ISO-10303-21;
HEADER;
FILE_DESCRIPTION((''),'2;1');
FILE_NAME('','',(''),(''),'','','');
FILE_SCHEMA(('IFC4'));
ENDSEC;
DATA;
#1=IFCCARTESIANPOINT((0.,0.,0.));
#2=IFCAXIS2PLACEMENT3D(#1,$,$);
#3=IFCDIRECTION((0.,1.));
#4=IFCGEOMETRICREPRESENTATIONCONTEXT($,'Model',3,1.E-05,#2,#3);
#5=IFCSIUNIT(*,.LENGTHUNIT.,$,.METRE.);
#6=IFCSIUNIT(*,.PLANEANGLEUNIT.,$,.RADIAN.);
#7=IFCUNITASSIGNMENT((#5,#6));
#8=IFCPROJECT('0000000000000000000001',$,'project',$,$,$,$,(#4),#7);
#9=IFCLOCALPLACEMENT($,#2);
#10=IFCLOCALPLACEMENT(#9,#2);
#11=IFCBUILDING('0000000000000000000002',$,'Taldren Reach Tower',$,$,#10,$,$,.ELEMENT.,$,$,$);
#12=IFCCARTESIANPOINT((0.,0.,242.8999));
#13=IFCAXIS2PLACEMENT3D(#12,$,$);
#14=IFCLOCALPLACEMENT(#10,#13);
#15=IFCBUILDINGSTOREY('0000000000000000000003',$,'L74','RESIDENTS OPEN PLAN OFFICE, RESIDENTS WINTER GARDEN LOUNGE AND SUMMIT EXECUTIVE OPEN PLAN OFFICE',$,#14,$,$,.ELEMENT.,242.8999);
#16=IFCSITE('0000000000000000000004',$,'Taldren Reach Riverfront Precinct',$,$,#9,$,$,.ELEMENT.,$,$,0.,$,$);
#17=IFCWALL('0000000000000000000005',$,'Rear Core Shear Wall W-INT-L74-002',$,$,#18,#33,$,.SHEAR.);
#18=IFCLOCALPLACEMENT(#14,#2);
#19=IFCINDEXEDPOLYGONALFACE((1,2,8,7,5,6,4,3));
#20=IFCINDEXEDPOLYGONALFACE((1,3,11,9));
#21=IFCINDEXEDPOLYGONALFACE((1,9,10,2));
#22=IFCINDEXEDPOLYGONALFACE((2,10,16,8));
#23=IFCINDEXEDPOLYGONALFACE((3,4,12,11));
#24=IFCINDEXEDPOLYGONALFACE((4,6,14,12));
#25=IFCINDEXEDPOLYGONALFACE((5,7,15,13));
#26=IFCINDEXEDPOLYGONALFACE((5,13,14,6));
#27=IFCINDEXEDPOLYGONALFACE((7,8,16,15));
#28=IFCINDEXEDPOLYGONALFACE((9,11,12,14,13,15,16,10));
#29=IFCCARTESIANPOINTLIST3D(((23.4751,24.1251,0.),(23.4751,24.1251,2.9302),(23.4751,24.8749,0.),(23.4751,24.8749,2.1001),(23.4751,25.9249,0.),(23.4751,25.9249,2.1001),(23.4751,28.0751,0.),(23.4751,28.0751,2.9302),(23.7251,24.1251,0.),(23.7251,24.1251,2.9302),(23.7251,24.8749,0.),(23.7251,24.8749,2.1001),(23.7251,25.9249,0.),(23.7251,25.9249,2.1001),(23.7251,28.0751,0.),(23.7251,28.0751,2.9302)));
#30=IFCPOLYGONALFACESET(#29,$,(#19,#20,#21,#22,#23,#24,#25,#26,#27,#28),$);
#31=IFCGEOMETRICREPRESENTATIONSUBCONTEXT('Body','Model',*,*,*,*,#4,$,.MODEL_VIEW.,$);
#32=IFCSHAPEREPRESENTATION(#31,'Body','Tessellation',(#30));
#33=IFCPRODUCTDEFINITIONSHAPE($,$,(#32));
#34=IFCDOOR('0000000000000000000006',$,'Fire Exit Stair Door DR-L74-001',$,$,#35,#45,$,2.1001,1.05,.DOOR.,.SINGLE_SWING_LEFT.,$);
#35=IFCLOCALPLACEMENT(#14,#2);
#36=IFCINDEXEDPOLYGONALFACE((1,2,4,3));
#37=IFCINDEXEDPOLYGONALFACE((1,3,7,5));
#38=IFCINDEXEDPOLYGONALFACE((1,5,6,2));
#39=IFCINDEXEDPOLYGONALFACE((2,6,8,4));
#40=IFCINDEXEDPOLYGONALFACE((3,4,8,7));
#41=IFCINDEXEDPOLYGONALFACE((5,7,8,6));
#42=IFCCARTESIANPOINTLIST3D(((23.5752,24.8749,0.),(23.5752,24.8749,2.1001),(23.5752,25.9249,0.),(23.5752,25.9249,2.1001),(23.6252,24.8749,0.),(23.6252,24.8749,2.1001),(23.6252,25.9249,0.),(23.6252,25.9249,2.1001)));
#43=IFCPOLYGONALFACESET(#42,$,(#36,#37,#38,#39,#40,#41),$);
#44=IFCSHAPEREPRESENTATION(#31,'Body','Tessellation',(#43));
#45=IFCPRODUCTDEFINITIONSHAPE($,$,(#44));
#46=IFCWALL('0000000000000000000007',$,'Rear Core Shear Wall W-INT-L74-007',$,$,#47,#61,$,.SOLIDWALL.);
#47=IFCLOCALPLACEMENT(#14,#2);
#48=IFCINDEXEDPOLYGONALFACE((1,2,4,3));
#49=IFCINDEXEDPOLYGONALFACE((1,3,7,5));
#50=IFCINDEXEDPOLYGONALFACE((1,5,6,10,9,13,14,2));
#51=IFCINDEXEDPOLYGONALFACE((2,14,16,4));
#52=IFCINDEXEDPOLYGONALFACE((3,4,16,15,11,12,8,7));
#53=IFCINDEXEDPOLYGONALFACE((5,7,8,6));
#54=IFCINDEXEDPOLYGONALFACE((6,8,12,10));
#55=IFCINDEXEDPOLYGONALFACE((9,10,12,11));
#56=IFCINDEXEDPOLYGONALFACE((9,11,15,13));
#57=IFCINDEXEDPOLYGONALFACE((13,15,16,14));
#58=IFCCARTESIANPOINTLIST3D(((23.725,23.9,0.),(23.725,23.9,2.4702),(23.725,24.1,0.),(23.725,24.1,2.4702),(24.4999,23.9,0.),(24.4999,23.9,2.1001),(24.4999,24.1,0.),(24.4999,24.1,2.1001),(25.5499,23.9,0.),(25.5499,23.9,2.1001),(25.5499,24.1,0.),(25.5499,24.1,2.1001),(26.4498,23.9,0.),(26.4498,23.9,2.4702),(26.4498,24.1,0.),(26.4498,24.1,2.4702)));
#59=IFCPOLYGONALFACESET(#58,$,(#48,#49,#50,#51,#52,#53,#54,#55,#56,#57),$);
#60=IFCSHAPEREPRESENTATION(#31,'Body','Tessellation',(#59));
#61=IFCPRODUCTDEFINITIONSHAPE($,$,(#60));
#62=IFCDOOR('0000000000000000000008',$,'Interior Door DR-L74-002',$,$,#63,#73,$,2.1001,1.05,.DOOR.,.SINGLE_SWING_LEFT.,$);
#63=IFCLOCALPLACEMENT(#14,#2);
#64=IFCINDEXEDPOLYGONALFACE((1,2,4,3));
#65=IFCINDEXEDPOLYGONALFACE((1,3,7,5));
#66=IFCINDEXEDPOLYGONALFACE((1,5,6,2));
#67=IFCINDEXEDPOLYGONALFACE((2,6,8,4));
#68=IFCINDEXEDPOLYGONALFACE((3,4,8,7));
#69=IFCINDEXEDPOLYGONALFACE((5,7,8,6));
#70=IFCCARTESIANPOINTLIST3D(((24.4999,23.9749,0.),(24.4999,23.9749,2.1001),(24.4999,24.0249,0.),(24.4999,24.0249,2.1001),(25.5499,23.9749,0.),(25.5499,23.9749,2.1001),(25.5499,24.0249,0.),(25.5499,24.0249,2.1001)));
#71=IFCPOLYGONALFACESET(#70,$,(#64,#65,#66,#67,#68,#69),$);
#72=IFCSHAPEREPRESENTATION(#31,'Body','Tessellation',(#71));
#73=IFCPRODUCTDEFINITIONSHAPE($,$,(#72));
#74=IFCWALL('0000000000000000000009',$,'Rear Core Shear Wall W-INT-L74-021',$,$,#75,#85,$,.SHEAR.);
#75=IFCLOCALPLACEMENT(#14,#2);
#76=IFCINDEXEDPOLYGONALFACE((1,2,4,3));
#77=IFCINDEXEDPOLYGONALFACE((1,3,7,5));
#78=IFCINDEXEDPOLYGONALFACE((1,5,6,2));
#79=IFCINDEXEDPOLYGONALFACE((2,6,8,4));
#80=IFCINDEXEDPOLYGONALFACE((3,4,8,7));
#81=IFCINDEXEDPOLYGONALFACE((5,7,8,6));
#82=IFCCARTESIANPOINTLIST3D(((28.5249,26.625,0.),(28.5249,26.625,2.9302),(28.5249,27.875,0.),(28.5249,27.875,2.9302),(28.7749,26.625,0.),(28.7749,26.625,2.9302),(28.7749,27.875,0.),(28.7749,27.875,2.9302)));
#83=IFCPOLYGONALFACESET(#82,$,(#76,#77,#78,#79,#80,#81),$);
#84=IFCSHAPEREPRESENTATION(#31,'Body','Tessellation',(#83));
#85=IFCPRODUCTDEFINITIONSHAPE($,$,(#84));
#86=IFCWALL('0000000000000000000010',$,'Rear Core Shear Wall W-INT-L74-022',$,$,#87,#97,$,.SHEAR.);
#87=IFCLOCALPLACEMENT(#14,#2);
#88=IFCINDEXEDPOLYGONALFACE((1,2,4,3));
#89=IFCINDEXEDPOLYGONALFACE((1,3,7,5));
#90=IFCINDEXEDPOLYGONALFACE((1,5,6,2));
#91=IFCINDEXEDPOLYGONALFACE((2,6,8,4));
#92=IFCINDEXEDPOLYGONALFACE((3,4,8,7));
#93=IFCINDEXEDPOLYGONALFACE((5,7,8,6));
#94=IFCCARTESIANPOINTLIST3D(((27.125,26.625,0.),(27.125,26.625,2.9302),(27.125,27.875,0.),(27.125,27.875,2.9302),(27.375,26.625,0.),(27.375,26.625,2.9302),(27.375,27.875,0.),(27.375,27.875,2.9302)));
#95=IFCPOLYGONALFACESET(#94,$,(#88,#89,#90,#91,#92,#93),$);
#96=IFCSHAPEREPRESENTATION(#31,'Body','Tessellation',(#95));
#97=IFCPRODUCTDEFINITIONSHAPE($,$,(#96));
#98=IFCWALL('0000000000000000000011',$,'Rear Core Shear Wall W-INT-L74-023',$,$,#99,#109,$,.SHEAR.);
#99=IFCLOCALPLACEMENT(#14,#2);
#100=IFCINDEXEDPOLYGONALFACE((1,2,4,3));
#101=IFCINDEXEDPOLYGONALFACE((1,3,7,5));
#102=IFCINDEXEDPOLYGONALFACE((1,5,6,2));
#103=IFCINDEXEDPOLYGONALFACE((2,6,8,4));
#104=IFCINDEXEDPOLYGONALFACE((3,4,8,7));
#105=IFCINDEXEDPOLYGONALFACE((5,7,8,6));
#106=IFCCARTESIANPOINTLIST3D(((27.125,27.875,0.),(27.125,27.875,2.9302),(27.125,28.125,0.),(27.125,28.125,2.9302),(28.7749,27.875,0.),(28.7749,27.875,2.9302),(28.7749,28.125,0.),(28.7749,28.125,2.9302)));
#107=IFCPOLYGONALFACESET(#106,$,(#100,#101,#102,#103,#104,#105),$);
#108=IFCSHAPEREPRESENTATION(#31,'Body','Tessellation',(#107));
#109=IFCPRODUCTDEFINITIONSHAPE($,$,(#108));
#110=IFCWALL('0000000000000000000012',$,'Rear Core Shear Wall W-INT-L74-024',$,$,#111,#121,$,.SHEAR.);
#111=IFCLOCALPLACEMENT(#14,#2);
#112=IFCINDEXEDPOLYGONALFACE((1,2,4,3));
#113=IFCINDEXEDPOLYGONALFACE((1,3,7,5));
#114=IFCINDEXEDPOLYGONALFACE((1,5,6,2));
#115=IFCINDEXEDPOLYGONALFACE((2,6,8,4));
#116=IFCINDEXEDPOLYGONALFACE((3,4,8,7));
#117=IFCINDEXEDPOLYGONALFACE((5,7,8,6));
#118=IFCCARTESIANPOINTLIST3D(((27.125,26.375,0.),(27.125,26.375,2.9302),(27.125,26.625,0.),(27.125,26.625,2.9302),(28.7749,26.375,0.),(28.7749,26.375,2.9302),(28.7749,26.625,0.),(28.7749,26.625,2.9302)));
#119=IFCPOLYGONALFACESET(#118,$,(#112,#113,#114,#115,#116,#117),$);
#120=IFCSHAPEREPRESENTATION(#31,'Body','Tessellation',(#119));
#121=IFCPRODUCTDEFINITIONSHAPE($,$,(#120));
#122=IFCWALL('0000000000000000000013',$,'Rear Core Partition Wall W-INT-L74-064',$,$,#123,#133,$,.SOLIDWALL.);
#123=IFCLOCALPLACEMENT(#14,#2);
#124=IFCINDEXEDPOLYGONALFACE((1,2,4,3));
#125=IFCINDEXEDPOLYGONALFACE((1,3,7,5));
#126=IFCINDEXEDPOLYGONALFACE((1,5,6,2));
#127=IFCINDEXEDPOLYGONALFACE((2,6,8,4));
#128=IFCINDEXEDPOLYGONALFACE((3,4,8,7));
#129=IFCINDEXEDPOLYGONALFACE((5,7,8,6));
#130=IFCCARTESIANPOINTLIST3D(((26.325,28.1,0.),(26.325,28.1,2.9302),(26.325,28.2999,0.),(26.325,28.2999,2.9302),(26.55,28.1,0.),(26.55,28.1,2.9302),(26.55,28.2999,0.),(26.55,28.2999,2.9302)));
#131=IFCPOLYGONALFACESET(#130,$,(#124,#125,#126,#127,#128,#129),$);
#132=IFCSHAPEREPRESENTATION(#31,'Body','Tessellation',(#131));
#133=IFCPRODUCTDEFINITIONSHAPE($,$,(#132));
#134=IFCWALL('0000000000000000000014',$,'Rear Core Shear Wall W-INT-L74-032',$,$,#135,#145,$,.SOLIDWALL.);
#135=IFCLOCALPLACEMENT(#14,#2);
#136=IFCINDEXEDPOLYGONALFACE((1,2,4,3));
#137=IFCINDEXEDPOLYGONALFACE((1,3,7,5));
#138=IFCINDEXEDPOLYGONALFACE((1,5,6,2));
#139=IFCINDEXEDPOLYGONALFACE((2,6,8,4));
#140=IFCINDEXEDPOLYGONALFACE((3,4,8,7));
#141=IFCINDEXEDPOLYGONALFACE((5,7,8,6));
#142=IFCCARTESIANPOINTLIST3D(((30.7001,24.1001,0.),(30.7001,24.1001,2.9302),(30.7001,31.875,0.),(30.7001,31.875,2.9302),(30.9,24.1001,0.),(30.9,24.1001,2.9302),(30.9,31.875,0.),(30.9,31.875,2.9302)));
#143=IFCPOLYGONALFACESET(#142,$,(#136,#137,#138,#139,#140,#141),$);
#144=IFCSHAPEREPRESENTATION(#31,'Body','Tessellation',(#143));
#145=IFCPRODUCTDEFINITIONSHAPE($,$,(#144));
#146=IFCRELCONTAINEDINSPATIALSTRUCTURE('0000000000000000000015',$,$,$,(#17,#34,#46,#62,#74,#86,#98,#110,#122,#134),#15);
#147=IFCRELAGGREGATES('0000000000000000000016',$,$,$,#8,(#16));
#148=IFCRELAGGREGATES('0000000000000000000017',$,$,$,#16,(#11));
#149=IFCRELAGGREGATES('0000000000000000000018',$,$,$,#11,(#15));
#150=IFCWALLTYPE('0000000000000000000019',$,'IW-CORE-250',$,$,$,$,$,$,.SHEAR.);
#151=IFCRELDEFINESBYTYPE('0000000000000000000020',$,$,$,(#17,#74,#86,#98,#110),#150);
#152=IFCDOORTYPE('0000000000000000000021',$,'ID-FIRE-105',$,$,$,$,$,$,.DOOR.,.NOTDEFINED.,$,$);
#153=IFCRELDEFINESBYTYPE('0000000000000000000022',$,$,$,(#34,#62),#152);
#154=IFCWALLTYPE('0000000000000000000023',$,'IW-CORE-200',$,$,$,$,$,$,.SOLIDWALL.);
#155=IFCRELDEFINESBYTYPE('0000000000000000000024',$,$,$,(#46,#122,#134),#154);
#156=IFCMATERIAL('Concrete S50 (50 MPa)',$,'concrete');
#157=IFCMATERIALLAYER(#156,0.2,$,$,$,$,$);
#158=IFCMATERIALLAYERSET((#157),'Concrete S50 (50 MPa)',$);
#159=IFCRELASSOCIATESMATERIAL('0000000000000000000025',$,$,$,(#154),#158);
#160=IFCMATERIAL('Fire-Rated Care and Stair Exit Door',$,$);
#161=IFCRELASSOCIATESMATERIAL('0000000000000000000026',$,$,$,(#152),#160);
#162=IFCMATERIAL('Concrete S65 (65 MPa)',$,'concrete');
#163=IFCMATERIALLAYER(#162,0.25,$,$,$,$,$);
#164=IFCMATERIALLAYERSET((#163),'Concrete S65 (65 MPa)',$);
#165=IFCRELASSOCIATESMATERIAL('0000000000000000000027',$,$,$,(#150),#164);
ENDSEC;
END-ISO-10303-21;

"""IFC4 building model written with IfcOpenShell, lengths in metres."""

from ifc_helpers import new_model, si_unit, direction, frame, frame_2d, origin, place, context, subcontext, project, spatial, rectangle, extrude, source, transform, mapped, material, layer, layer_set, type_object, element, fill, save


model = new_model("IFC4")

# Units and contexts
model_context = context("Model", 3, precision=1e-05, world=origin(), true_north=direction((0.0, 1.0)))
body_context = subcontext(model_context, "Body", "Model", "MODEL_VIEW")
ifc_project = project(units=[si_unit("LENGTHUNIT", "METRE"), si_unit("PLANEANGLEUNIT", "RADIAN")], contexts=[model_context])

# Site, building, storey
site_placement = place(None, origin())
site = spatial("IfcSite", under=ifc_project, at=site_placement, Name="Taldren Reach Riverfront Precinct", CompositionType="ELEMENT", RefElevation=0.0)
building_placement = place(site_placement, origin())
building = spatial("IfcBuilding", under=site, at=building_placement, Name="Taldren Reach Tower", CompositionType="ELEMENT")
storey_placement = place(building_placement, frame((0.0, 0.0, 242.8999)))
storey = spatial("IfcBuildingStorey", under=building, at=storey_placement, Name="L74", Description="RESIDENTS OPEN PLAN OFFICE, RESIDENTS WINTER GARDEN LOUNGE AND SUMMIT EXECUTIVE OPEN PLAN OFFICE", CompositionType="ELEMENT", Elevation=242.8999)

# Shared definitions
ifc_material_1 = material(Name="Concrete S50 (50 MPa)", Category="concrete")
ifc_layer_1 = layer(ifc_material_1, 0.2)
ifc_layer_set_1 = layer_set([ifc_layer_1], Name="Concrete S50 (50 MPa)")
wall_type_1 = type_object("IfcWallType", Name="IW-CORE-200", PredefinedType="SOLIDWALL", material=ifc_layer_set_1)
shared_shape_1 = source(origin(), body_context, "Body", "SweptSolid", [
    extrude(rectangle(XDim=1.05, YDim=2.1001, at=frame_2d((0.5249, 1.05))), frame((0.0, 0.1099, 0.0), z_axis=(0.0, -1.0, 0.0), x_axis=(1.0, 0.0, 0.0)), (0.0, 0.0, 1.0), 0.22),
])
ifc_material_2 = material(Name="Fire-Rated Care and Stair Exit Door")
door_type_1 = type_object("IfcDoorType", Name="ID-FIRE-105", OperationType="NOTDEFINED", PredefinedType="DOOR", material=ifc_material_2)
shared_shape_2 = source(origin(), body_context, "Body", "SweptSolid", [
    extrude(rectangle(XDim=1.05, YDim=2.1001, at=frame_2d((0.5249, 1.05))), frame((0.0, 0.0249, 0.0), z_axis=(0.0, -1.0, 0.0), x_axis=(1.0, 0.0, 0.0)), (0.0, 0.0, 1.0), 0.05),
])

# Shared definitions
ifc_material_3 = material(Name="Concrete S65 (65 MPa)", Category="concrete")
ifc_layer_2 = layer(ifc_material_3, 0.25)
ifc_layer_set_2 = layer_set([ifc_layer_2], Name="Concrete S65 (65 MPa)")
wall_type_2 = type_object("IfcWallType", Name="IW-CORE-250", PredefinedType="SHEAR", material=ifc_layer_set_2)

# Walls, openings, doors
shared_shape_3 = source(origin(), body_context, "Body", "SweptSolid", [
    extrude(rectangle(XDim=3.95, YDim=0.25, at=frame_2d((1.9751, 0.0))), origin(), (0.0, 0.0, 1.0), 2.9302),
])
wall_1_placement = place(storey_placement, frame((23.6001, 24.125, 0.0), z_axis=(0.0, 0.0, 1.0), x_axis=(0.0, 1.0, 0.0)))
wall_1 = element("IfcWall", 1, at=wall_1_placement, inside=storey, type_object=wall_type_2, Name="Rear Core Shear Wall W-INT-L74-002", PredefinedType="SHEAR", context=body_context, shape_type="MappedRepresentation", body=[
    mapped(shared_shape_3, transform((0.0, 0.0, 0.0), scale=1.0)),
])
shared_shape_4 = source(origin(), body_context, "Body", "SweptSolid", [
    extrude(rectangle(XDim=1.05, YDim=2.1001, at=frame_2d((0.5249, 1.05))), frame((0.0, 0.135, 0.0), z_axis=(0.0, -1.0, 0.0), x_axis=(1.0, 0.0, 0.0)), (0.0, 0.0, 1.0), 0.27),
])
opening_1_placement = place(wall_1_placement, frame((0.75, 0.0, 0.0)))
opening_1 = element("IfcOpeningElement", 2, at=opening_1_placement, cuts=wall_1, PredefinedType="OPENING", context=body_context, shape_type="MappedRepresentation", body=[
    mapped(shared_shape_4, transform((0.0, 0.0, 0.0), scale=1.0)),
])
door_1_placement = place(opening_1_placement, origin())
door_1 = element("IfcDoor", 3, at=door_1_placement, inside=storey, type_object=door_type_1, Name="Fire Exit Stair Door DR-L74-001", OperationType="SINGLE_SWING_LEFT", OverallHeight=2.1001, OverallWidth=1.05, PredefinedType="DOOR", context=body_context, shape_type="MappedRepresentation", body=[
    mapped(shared_shape_2, transform((0.0, 0.0, 0.0), scale=1.0)),
])
fill(opening_1, door_1)
shared_shape_5 = source(origin(), body_context, "Body", "SweptSolid", [
    extrude(rectangle(XDim=2.7249, YDim=0.2, at=frame_2d((1.3623, 0.0))), origin(), (0.0, 0.0, 1.0), 2.4702),
])
wall_2_placement = place(storey_placement, frame((23.7251, 24.0, 0.0), z_axis=(0.0, 0.0, 1.0), x_axis=(1.0, 0.0, 0.0)))
wall_2 = element("IfcWall", 4, at=wall_2_placement, inside=storey, type_object=wall_type_1, Name="Rear Core Shear Wall W-INT-L74-007", PredefinedType="SOLIDWALL", context=body_context, shape_type="MappedRepresentation", body=[
    mapped(shared_shape_5, transform((0.0, 0.0, 0.0), scale=1.0)),
])
opening_2_placement = place(wall_2_placement, frame((0.7749, 0.0, 0.0)))
opening_2 = element("IfcOpeningElement", 5, at=opening_2_placement, cuts=wall_2, PredefinedType="OPENING", context=body_context, shape_type="MappedRepresentation", body=[
    mapped(shared_shape_1, transform((0.0, 0.0, 0.0), scale=1.0)),
])
door_2_placement = place(opening_2_placement, origin())
door_2 = element("IfcDoor", 6, at=door_2_placement, inside=storey, type_object=door_type_1, Name="Interior Door DR-L74-002", OperationType="SINGLE_SWING_LEFT", OverallHeight=2.1001, OverallWidth=1.05, PredefinedType="DOOR", context=body_context, shape_type="MappedRepresentation", body=[
    mapped(shared_shape_2, transform((0.0, 0.0, 0.0), scale=1.0)),
])
fill(opening_2, door_2)

# Walls
shared_shape_6 = source(origin(), body_context, "Body", "SweptSolid", [
    extrude(rectangle(XDim=1.25, YDim=0.25, at=frame_2d((0.625, 0.0))), origin(), (0.0, 0.0, 1.0), 2.9302),
])
for number, where, z_axis, x_axis, name in (
    (7, (28.6499, 26.625, 0.0), (0.0, 0.0, 1.0), (0.0, 1.0, 0.0), "Rear Core Shear Wall W-INT-L74-021"),
    (8, (27.25, 27.875, 0.0), (0.0, 0.0, 1.0), (0.0, -1.0, 0.0), "Rear Core Shear Wall W-INT-L74-022"),
):
    element("IfcWall", number, at=place(storey_placement, frame(where, z_axis=z_axis, x_axis=x_axis)), inside=storey, type_object=wall_type_2, Name=name, PredefinedType="SHEAR", context=body_context, shape_type="MappedRepresentation", body=[
        mapped(shared_shape_6, transform((0.0, 0.0, 0.0), scale=1.0)),
    ])
shared_shape_7 = source(origin(), body_context, "Body", "SweptSolid", [
    extrude(rectangle(XDim=1.6499, YDim=0.25, at=frame_2d((0.825, 0.0))), origin(), (0.0, 0.0, 1.0), 2.9302),
])
for number, where, z_axis, x_axis, name in (
    (9, (28.7749, 28.0, 0.0), (0.0, 0.0, 1.0), (-1.0, 0.0, 0.0), "Rear Core Shear Wall W-INT-L74-023"),
    (10, (27.125, 26.5, 0.0), (0.0, 0.0, 1.0), (1.0, 0.0, 0.0), "Rear Core Shear Wall W-INT-L74-024"),
):
    element("IfcWall", number, at=place(storey_placement, frame(where, z_axis=z_axis, x_axis=x_axis)), inside=storey, type_object=wall_type_2, Name=name, PredefinedType="SHEAR", context=body_context, shape_type="MappedRepresentation", body=[
        mapped(shared_shape_7, transform((0.0, 0.0, 0.0), scale=1.0)),
    ])
shared_shape_8 = source(origin(), body_context, "Body", "SweptSolid", [
    extrude(rectangle(XDim=0.2251, YDim=0.2, at=frame_2d((0.1125, 0.0))), origin(), (0.0, 0.0, 1.0), 2.9302),
])
wall_3_placement = place(storey_placement, frame((26.325, 28.2, 0.0), z_axis=(0.0, 0.0, 1.0), x_axis=(1.0, 0.0, 0.0)))
element("IfcWall", 11, at=wall_3_placement, inside=storey, type_object=wall_type_1, Name="Rear Core Partition Wall W-INT-L74-064", PredefinedType="SOLIDWALL", context=body_context, shape_type="MappedRepresentation", body=[
    mapped(shared_shape_8, transform((0.0, 0.0, 0.0), scale=1.0)),
])
shared_shape_9 = source(origin(), body_context, "Body", "SweptSolid", [
    extrude(rectangle(XDim=7.7749, YDim=0.2, at=frame_2d((3.8875, 0.0))), origin(), (0.0, 0.0, 1.0), 2.9302),
])
wall_4_placement = place(storey_placement, frame((30.8, 31.875, 0.0), z_axis=(0.0, 0.0, 1.0), x_axis=(0.0, -1.0, 0.0)))
element("IfcWall", 12, at=wall_4_placement, inside=storey, type_object=wall_type_1, Name="Rear Core Shear Wall W-INT-L74-032", PredefinedType="SOLIDWALL", context=body_context, shape_type="MappedRepresentation", body=[
    mapped(shared_shape_9, transform((0.0, 0.0, 0.0), scale=1.0)),
])

save(model, "model.ifc")
